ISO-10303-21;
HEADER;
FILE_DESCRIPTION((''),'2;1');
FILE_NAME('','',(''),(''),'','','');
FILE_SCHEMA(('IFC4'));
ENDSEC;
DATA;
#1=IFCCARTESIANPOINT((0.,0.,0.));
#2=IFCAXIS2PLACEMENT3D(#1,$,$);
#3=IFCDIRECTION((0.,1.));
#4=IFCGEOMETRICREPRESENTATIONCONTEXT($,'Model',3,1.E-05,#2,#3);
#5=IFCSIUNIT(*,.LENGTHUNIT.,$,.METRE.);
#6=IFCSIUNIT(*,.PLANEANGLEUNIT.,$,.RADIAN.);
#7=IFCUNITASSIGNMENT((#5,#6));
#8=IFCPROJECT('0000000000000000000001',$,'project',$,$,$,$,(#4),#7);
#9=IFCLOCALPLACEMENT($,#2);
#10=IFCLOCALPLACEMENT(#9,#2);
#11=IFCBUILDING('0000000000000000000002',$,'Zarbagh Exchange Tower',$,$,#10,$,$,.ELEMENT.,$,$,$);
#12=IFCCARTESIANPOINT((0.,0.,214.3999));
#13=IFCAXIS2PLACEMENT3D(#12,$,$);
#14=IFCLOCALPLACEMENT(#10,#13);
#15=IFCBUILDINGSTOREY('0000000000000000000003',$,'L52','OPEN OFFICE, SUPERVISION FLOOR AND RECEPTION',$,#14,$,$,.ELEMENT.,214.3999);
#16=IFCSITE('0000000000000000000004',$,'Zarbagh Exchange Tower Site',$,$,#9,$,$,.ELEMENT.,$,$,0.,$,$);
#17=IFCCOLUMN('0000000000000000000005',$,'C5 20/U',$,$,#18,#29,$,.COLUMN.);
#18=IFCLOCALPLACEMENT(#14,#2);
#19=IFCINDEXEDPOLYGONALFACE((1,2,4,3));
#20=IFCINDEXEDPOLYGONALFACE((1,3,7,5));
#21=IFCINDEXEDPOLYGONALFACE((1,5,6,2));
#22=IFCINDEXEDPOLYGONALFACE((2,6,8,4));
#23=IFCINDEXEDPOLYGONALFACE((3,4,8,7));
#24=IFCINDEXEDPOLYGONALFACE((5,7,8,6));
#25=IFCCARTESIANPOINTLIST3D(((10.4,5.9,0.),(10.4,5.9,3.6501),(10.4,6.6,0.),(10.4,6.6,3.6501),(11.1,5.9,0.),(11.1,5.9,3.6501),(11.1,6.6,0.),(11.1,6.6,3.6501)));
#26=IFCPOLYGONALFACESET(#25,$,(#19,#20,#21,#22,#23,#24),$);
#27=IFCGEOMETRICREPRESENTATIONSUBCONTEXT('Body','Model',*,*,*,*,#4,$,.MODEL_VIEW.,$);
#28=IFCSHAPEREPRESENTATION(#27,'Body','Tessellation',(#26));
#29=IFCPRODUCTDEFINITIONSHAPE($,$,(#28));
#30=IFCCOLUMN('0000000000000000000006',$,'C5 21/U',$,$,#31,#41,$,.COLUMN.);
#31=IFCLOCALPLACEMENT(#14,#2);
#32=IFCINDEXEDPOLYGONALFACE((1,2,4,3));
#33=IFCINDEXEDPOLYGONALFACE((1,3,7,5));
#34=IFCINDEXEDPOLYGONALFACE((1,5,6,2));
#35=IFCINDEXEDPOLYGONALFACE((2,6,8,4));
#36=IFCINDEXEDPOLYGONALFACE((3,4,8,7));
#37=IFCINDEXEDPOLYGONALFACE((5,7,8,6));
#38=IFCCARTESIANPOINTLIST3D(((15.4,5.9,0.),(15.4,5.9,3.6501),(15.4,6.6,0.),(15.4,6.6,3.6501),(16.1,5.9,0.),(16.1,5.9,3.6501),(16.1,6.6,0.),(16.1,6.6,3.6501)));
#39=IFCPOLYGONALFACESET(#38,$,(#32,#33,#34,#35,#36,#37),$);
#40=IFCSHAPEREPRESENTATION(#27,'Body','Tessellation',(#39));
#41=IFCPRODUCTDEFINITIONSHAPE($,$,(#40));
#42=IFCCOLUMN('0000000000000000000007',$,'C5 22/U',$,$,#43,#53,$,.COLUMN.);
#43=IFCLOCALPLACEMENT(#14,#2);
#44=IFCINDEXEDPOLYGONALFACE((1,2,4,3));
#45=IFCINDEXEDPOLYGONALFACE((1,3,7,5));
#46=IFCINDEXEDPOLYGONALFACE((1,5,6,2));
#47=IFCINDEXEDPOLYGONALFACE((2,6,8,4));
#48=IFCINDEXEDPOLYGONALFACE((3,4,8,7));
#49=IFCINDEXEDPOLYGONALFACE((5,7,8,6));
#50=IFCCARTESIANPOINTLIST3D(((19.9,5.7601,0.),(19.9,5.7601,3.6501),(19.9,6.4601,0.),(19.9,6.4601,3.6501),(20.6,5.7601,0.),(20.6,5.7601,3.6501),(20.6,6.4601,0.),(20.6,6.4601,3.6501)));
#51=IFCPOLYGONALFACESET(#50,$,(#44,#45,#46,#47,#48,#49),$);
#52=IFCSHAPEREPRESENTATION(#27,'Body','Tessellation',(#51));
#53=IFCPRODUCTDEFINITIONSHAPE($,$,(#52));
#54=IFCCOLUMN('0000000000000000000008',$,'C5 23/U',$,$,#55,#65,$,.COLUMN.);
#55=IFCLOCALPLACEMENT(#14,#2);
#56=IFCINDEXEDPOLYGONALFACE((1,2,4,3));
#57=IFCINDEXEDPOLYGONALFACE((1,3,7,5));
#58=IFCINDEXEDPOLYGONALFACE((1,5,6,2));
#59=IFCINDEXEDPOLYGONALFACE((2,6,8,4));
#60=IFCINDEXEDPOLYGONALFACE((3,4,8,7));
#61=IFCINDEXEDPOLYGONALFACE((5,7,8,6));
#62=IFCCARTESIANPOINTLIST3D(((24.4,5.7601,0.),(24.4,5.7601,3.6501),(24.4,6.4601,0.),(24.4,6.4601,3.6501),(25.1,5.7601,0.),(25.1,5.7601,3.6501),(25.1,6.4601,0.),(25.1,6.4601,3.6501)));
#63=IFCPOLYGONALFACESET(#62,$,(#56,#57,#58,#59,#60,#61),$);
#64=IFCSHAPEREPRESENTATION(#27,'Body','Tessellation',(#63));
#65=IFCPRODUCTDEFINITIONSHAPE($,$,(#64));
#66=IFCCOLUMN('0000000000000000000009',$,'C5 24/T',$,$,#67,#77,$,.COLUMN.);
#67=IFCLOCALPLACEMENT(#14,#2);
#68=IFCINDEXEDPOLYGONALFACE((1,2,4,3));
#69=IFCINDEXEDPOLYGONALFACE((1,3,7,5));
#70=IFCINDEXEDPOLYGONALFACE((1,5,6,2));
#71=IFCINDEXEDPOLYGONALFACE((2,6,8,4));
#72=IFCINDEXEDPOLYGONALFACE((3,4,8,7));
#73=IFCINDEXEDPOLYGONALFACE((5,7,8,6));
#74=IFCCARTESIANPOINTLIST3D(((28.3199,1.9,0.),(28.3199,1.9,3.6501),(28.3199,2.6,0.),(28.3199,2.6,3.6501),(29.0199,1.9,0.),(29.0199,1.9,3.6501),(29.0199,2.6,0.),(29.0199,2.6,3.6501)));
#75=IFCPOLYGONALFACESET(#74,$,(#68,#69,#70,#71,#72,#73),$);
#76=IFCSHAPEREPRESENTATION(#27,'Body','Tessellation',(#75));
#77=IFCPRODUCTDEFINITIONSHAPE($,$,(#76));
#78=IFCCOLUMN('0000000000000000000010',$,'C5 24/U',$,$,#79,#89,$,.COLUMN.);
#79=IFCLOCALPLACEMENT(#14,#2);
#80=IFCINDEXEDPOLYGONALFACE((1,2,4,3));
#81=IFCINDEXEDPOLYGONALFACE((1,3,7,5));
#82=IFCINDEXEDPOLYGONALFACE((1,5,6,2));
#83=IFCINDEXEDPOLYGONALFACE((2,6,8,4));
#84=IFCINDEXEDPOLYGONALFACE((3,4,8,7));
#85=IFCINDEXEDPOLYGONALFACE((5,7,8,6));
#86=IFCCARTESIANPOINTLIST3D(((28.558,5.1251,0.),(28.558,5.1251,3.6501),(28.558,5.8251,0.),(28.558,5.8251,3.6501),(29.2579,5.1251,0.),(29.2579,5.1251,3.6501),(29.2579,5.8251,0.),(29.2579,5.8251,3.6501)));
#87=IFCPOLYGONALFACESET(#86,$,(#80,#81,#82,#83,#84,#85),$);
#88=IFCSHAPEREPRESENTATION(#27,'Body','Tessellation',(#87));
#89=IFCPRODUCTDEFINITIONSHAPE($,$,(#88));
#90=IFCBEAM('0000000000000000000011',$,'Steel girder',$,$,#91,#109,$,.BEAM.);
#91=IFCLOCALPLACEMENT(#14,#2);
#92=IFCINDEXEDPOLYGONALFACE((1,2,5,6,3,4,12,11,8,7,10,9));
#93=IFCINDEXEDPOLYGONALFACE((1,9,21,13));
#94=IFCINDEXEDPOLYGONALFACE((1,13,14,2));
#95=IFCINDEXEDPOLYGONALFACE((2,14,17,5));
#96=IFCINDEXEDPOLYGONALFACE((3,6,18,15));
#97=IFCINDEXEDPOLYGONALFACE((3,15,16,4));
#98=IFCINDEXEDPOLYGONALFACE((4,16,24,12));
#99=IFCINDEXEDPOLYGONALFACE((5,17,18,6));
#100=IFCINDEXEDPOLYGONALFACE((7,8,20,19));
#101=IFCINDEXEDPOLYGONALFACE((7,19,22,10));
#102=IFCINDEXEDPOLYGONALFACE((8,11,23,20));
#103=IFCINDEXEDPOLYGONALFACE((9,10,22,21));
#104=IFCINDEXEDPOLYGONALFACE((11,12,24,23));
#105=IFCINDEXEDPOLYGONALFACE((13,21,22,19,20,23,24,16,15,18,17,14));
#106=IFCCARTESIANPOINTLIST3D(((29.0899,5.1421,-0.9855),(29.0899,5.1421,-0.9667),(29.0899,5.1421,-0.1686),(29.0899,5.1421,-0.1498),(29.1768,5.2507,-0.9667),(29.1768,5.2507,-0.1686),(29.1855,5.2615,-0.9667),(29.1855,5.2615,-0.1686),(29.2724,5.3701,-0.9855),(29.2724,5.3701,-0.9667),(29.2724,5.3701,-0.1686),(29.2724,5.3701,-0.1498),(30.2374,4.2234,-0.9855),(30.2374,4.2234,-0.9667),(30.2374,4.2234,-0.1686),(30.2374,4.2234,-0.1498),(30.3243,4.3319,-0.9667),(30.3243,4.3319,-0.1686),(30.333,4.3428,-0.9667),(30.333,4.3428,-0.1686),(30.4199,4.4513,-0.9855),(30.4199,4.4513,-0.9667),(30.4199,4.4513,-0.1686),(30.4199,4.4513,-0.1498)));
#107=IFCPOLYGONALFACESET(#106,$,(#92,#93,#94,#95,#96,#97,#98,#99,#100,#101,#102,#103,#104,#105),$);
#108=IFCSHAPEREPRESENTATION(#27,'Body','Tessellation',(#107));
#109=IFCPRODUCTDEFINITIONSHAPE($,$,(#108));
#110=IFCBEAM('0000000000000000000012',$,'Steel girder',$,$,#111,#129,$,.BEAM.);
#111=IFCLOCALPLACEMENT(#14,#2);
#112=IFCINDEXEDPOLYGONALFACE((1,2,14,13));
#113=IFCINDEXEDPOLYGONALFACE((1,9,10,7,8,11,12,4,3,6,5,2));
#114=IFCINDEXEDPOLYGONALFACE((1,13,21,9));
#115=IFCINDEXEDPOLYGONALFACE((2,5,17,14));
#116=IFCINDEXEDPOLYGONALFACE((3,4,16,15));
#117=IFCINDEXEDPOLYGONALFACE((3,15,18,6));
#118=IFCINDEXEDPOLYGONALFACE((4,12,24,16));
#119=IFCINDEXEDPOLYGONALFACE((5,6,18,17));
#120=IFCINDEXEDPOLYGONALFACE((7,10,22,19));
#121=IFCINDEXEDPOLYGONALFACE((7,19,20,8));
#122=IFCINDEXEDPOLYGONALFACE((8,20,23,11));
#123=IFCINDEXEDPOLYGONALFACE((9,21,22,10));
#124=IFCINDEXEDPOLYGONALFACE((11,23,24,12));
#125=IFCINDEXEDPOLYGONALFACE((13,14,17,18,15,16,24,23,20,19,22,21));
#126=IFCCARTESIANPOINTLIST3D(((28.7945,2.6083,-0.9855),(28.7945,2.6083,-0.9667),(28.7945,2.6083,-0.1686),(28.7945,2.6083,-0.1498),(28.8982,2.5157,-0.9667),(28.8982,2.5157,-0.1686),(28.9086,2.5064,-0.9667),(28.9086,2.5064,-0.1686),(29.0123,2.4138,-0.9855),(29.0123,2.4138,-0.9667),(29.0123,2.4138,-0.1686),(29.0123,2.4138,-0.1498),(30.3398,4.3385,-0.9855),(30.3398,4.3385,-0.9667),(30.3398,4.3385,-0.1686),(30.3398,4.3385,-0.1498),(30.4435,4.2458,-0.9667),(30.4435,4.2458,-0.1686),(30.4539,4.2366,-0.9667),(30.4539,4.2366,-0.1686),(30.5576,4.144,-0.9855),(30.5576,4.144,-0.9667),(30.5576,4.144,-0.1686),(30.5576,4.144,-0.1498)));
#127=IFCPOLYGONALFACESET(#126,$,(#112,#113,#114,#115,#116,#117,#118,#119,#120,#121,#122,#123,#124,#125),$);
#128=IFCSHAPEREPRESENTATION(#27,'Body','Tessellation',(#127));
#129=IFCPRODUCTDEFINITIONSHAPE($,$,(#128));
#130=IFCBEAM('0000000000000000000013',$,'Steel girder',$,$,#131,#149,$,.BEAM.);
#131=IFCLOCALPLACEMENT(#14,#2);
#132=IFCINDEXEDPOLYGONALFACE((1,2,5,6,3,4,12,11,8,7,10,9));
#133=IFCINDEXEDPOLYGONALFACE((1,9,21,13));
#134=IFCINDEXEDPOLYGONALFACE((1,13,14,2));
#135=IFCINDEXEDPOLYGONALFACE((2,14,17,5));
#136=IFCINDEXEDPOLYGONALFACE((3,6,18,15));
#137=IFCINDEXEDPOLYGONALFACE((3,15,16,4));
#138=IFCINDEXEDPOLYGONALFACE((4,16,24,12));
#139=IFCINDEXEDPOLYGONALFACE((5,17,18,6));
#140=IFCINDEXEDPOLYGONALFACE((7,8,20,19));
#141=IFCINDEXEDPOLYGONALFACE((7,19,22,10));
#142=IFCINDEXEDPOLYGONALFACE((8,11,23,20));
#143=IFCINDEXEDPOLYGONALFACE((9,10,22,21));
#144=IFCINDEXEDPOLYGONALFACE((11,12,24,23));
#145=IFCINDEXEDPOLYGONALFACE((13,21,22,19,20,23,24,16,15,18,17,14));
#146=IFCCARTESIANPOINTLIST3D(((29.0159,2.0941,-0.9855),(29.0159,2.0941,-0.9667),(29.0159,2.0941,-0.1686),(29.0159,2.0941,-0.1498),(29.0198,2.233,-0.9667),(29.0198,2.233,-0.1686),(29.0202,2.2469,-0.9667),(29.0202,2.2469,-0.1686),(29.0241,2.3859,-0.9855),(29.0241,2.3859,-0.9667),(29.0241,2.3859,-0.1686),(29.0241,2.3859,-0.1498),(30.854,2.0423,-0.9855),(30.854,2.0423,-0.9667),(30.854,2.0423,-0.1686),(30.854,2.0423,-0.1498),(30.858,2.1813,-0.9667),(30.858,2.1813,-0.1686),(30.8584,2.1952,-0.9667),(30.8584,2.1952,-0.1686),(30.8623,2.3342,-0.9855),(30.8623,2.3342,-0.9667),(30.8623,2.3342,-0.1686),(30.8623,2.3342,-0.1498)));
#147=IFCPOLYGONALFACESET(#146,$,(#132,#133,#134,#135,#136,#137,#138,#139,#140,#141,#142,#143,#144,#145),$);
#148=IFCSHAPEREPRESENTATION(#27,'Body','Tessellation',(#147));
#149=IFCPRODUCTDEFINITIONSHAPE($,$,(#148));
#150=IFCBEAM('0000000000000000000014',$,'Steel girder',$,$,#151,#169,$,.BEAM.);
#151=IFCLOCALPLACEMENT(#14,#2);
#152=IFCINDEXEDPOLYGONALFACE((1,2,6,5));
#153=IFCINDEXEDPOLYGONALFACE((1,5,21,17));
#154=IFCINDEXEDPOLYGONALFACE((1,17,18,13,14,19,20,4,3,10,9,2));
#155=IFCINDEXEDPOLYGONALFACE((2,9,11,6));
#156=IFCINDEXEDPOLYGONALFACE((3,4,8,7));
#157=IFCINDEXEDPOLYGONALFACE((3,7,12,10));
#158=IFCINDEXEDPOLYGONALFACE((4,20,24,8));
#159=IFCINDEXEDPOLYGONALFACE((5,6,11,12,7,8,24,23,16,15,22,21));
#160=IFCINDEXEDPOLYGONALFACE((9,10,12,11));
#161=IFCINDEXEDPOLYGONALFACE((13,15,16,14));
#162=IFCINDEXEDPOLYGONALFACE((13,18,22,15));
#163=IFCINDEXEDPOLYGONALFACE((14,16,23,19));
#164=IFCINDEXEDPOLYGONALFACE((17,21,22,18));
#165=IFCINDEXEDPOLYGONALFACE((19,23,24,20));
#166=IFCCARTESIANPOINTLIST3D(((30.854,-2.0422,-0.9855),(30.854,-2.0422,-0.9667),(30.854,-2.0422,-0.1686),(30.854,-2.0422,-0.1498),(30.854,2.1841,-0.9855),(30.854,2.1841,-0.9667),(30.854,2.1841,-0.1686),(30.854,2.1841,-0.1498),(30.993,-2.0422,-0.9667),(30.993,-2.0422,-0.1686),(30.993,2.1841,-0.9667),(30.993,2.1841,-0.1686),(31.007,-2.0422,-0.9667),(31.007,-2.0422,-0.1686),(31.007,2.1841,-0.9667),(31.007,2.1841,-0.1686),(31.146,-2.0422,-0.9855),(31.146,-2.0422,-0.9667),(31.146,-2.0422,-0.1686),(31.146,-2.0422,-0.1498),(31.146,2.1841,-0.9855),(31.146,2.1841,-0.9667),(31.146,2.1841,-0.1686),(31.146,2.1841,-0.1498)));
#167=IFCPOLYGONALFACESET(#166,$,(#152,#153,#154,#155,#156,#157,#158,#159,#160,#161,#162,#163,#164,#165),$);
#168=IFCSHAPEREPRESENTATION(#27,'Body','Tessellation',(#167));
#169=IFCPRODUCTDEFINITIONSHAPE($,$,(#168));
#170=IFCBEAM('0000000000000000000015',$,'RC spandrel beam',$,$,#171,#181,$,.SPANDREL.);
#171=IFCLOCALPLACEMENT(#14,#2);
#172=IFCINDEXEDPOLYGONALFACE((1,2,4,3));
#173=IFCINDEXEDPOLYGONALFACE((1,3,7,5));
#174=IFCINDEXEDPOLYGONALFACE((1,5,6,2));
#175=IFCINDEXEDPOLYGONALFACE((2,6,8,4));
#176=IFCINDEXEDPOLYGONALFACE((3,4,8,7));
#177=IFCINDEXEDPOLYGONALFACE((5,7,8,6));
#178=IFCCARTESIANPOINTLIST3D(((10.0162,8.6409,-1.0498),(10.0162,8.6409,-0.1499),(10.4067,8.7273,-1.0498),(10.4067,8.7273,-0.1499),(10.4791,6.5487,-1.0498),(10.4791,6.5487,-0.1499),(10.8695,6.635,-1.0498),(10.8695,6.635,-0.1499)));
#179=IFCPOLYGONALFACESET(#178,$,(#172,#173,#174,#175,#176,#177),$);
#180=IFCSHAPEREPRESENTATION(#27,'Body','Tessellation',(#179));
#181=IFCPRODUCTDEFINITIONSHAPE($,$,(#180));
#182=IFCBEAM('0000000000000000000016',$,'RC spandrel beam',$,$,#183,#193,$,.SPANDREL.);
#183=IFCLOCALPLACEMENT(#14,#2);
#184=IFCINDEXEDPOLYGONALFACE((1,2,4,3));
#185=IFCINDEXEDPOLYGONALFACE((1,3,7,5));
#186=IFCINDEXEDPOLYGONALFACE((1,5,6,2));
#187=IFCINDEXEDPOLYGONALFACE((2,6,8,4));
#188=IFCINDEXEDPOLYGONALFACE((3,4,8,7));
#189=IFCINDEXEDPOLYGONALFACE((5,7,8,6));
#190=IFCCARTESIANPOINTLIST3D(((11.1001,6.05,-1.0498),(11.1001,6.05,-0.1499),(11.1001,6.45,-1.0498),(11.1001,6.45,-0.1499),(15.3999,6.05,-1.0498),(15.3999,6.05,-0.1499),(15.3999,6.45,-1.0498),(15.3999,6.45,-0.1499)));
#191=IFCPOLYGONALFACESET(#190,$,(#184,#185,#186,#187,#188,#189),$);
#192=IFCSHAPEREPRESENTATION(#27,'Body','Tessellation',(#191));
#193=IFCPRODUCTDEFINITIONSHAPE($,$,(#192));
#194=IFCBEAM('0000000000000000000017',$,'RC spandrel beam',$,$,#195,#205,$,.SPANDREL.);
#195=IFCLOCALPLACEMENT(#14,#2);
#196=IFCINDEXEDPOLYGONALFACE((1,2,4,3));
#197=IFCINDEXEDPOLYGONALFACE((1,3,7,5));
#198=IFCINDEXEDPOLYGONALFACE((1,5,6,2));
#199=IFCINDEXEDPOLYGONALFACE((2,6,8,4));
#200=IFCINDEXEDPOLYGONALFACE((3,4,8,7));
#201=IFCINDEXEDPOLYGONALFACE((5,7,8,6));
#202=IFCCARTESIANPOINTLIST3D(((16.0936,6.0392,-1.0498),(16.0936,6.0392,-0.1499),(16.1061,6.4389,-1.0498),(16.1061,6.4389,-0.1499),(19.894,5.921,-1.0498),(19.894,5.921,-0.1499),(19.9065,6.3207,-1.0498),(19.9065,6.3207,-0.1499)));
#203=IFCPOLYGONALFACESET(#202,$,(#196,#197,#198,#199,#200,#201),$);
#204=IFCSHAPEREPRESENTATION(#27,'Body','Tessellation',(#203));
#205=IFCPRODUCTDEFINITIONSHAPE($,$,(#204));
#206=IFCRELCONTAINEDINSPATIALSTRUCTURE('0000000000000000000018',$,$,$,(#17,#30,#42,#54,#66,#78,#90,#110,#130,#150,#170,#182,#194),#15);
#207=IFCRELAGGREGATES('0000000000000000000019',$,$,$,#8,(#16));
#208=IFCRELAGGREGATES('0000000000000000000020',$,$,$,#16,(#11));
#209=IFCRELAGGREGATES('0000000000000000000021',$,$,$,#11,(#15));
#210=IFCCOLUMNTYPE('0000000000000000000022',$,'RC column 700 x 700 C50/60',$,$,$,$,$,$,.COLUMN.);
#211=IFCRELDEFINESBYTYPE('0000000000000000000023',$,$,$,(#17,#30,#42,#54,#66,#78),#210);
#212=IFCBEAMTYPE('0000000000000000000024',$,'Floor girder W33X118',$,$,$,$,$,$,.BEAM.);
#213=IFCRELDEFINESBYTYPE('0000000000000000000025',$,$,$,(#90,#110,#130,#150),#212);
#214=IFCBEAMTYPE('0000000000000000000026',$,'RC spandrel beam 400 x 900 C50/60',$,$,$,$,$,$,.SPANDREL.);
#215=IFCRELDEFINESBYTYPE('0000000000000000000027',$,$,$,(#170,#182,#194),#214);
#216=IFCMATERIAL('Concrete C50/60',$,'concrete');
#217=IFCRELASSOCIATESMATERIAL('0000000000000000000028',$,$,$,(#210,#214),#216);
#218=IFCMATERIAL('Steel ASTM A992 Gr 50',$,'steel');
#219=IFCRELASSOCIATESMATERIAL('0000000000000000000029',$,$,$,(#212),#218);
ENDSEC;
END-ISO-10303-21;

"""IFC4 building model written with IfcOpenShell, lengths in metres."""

from ifc_helpers import new_model, si_unit, direction, frame, origin, origin_2d, place, context, subcontext, project, spatial, rectangle, i_section, extrude, material, material_profile, profile_set, type_object, element, save


model = new_model("IFC4")

# Units and contexts
model_context = context("Model", 3, precision=1e-05, world=origin(), true_north=direction((0.0, 1.0)))
body_context = subcontext(model_context, "Body", "Model", "MODEL_VIEW")
ifc_project = project(units=[si_unit("LENGTHUNIT", "METRE"), si_unit("PLANEANGLEUNIT", "RADIAN")], contexts=[model_context])

# Site, building, storey
site_placement = place(None, origin())
site = spatial("IfcSite", under=ifc_project, at=site_placement, Name="Zarbagh Exchange Tower Site", CompositionType="ELEMENT", RefElevation=0.0)
building_placement = place(site_placement, origin())
building = spatial("IfcBuilding", under=site, at=building_placement, Name="Zarbagh Exchange Tower", CompositionType="ELEMENT")
storey_placement = place(building_placement, frame((0.0, 0.0, 214.3999)))
storey = spatial("IfcBuildingStorey", under=building, at=storey_placement, Name="L52", Description="OPEN OFFICE, SUPERVISION FLOOR AND RECEPTION", CompositionType="ELEMENT", Elevation=214.3999)

# Columns
ifc_material_1 = material(Name="Concrete C50/60", Category="concrete")
ifc_material_profile_1 = material_profile(ifc_material_1, rectangle(XDim=0.7, YDim=0.7, at=origin_2d()), Name="RC column 700 x 700 C50/60")
ifc_profile_set_1 = profile_set([ifc_material_profile_1], Name="Concrete C50/60")
column_type = type_object("IfcColumnType", Name="RC column 700 x 700 C50/60", PredefinedType="COLUMN", material=ifc_profile_set_1)
for number, where, z_axis, x_axis, name in (
    (1, (10.75, 6.25, 0.0), (0.0, 0.0, 1.0), (1.0, 0.0, 0.0), "C5 20/U"),
    (2, (15.75, 6.25, 0.0), (0.0, 0.0, 1.0), (1.0, 0.0, 0.0), "C5 21/U"),
    (3, (20.25, 6.1101, 0.0), (0.0, 0.0, 1.0), (1.0, 0.0, 0.0), "C5 22/U"),
    (4, (24.75, 6.1101, 0.0), (0.0, 0.0, 1.0), (1.0, 0.0, 0.0), "C5 23/U"),
    (5, (28.6699, 2.25, 0.0), (0.0, 0.0, 1.0), (1.0, 0.0, 0.0), "C5 24/T"),
    (6, (28.908, 5.4751, 0.0), (0.0, 0.0, 1.0), (1.0, 0.0, 0.0), "C5 24/U"),
):
    element("IfcColumn", number, at=place(storey_placement, frame(where, z_axis=z_axis, x_axis=x_axis)), inside=storey, type_object=column_type, Name=name, PredefinedType="COLUMN", context=body_context, shape_type="SweptSolid", body=[
        extrude(rectangle(XDim=0.7, YDim=0.7, at=origin_2d()), origin(), (0.0, 0.0, 1.0), 3.6501),
    ])

# Beams
ifc_material_2 = material(Name="Steel ASTM A992 Gr 50", Category="steel")
ifc_material_profile_2 = material_profile(ifc_material_2, i_section(OverallWidth=0.292, OverallDepth=0.8357, WebThickness=0.0139, FlangeThickness=0.0188, at=origin_2d()), Name="W33X118")
ifc_profile_set_2 = profile_set([ifc_material_profile_2], Name="Steel ASTM A992 Gr 50")
beam_type_1 = type_object("IfcBeamType", Name="Floor girder W33X118", PredefinedType="BEAM", material=ifc_profile_set_2)
beam_1_placement = place(storey_placement, frame((29.1812, 5.2561, -0.5676), z_axis=(0.780626, -0.624999, 0.0), x_axis=(0.624999, 0.780626, 0.0)))
element("IfcBeam", 7, at=beam_1_placement, inside=storey, type_object=beam_type_1, Name="Steel girder", PredefinedType="BEAM", context=body_context, shape_type="SweptSolid", body=[
    extrude(i_section(OverallWidth=0.292, OverallDepth=0.8357, WebThickness=0.0139, FlangeThickness=0.0188, at=origin_2d()), origin(), (0.0, 0.0, 1.0), 1.47),
])
beam_2_placement = place(storey_placement, frame((30.4487, 4.2412, -0.5676), z_axis=(-0.666152, -0.745816, 0.0), x_axis=(0.745816, -0.666152, 0.0)))
element("IfcBeam", 8, at=beam_2_placement, inside=storey, type_object=beam_type_1, Name="Steel girder", PredefinedType="BEAM", context=body_context, shape_type="SweptSolid", body=[
    extrude(i_section(OverallWidth=0.292, OverallDepth=0.8357, WebThickness=0.0139, FlangeThickness=0.0188, at=origin_2d()), origin(), (0.0, 0.0, 1.0), 2.3198),
])
beam_3_placement = place(storey_placement, frame((29.02, 2.24, -0.5676), z_axis=(0.999604, -0.028147, 0.0), x_axis=(0.028147, 0.999604, 0.0)))
element("IfcBeam", 9, at=beam_3_placement, inside=storey, type_object=beam_type_1, Name="Steel girder", PredefinedType="BEAM", context=body_context, shape_type="SweptSolid", body=[
    extrude(i_section(OverallWidth=0.292, OverallDepth=0.8357, WebThickness=0.0139, FlangeThickness=0.0188, at=origin_2d()), origin(), (0.0, 0.0, 1.0), 1.8389),
])
beam_4_placement = place(storey_placement, frame((31.0, 2.1841, -0.5676), z_axis=(0.0, -1.0, 0.0), x_axis=(1.0, 0.0, 0.0)))
element("IfcBeam", 10, at=beam_4_placement, inside=storey, type_object=beam_type_1, Name="Steel girder", PredefinedType="BEAM", context=body_context, shape_type="SweptSolid", body=[
    extrude(i_section(OverallWidth=0.292, OverallDepth=0.8357, WebThickness=0.0139, FlangeThickness=0.0188, at=origin_2d()), origin(), (0.0, 0.0, 1.0), 4.2263),
])
ifc_material_profile_3 = material_profile(ifc_material_1, rectangle(XDim=0.3999, YDim=0.8999, at=origin_2d()), Name="RC spandrel beam 400 x 900 C50/60")
ifc_profile_set_3 = profile_set([ifc_material_profile_3], Name="Concrete C50/60")
beam_type_2 = type_object("IfcBeamType", Name="RC spandrel beam 400 x 900 C50/60", PredefinedType="SPANDREL", material=ifc_profile_set_3)
beam_5_placement = place(storey_placement, frame((10.2114, 8.6841, -0.5999), z_axis=(0.216014, -0.97639, 0.0), x_axis=(0.97639, 0.216014, 0.0)))
element("IfcBeam", 11, at=beam_5_placement, inside=storey, type_object=beam_type_2, Name="RC spandrel beam", PredefinedType="SPANDREL", context=body_context, shape_type="SweptSolid", body=[
    extrude(rectangle(XDim=0.3999, YDim=0.8999, at=origin_2d()), origin(), (0.0, 0.0, 1.0), 2.1428),
])
beam_6_placement = place(storey_placement, frame((11.1001, 6.25, -0.5999), z_axis=(1.0, 0.0, 0.0), x_axis=(0.0, 1.0, 0.0)))
element("IfcBeam", 12, at=beam_6_placement, inside=storey, type_object=beam_type_2, Name="RC spandrel beam", PredefinedType="SPANDREL", context=body_context, shape_type="SweptSolid", body=[
    extrude(rectangle(XDim=0.3999, YDim=0.8999, at=origin_2d()), origin(), (0.0, 0.0, 1.0), 4.2998),
])
beam_7_placement = place(storey_placement, frame((16.0999, 6.239, -0.5999), z_axis=(0.999517, -0.031078, 0.0), x_axis=(0.031078, 0.999517, 0.0)))
element("IfcBeam", 13, at=beam_7_placement, inside=storey, type_object=beam_type_2, Name="RC spandrel beam", PredefinedType="SPANDREL", context=body_context, shape_type="SweptSolid", body=[
    extrude(rectangle(XDim=0.3999, YDim=0.8999, at=origin_2d()), origin(), (0.0, 0.0, 1.0), 3.8022),
])

save(model, "model.ifc")
